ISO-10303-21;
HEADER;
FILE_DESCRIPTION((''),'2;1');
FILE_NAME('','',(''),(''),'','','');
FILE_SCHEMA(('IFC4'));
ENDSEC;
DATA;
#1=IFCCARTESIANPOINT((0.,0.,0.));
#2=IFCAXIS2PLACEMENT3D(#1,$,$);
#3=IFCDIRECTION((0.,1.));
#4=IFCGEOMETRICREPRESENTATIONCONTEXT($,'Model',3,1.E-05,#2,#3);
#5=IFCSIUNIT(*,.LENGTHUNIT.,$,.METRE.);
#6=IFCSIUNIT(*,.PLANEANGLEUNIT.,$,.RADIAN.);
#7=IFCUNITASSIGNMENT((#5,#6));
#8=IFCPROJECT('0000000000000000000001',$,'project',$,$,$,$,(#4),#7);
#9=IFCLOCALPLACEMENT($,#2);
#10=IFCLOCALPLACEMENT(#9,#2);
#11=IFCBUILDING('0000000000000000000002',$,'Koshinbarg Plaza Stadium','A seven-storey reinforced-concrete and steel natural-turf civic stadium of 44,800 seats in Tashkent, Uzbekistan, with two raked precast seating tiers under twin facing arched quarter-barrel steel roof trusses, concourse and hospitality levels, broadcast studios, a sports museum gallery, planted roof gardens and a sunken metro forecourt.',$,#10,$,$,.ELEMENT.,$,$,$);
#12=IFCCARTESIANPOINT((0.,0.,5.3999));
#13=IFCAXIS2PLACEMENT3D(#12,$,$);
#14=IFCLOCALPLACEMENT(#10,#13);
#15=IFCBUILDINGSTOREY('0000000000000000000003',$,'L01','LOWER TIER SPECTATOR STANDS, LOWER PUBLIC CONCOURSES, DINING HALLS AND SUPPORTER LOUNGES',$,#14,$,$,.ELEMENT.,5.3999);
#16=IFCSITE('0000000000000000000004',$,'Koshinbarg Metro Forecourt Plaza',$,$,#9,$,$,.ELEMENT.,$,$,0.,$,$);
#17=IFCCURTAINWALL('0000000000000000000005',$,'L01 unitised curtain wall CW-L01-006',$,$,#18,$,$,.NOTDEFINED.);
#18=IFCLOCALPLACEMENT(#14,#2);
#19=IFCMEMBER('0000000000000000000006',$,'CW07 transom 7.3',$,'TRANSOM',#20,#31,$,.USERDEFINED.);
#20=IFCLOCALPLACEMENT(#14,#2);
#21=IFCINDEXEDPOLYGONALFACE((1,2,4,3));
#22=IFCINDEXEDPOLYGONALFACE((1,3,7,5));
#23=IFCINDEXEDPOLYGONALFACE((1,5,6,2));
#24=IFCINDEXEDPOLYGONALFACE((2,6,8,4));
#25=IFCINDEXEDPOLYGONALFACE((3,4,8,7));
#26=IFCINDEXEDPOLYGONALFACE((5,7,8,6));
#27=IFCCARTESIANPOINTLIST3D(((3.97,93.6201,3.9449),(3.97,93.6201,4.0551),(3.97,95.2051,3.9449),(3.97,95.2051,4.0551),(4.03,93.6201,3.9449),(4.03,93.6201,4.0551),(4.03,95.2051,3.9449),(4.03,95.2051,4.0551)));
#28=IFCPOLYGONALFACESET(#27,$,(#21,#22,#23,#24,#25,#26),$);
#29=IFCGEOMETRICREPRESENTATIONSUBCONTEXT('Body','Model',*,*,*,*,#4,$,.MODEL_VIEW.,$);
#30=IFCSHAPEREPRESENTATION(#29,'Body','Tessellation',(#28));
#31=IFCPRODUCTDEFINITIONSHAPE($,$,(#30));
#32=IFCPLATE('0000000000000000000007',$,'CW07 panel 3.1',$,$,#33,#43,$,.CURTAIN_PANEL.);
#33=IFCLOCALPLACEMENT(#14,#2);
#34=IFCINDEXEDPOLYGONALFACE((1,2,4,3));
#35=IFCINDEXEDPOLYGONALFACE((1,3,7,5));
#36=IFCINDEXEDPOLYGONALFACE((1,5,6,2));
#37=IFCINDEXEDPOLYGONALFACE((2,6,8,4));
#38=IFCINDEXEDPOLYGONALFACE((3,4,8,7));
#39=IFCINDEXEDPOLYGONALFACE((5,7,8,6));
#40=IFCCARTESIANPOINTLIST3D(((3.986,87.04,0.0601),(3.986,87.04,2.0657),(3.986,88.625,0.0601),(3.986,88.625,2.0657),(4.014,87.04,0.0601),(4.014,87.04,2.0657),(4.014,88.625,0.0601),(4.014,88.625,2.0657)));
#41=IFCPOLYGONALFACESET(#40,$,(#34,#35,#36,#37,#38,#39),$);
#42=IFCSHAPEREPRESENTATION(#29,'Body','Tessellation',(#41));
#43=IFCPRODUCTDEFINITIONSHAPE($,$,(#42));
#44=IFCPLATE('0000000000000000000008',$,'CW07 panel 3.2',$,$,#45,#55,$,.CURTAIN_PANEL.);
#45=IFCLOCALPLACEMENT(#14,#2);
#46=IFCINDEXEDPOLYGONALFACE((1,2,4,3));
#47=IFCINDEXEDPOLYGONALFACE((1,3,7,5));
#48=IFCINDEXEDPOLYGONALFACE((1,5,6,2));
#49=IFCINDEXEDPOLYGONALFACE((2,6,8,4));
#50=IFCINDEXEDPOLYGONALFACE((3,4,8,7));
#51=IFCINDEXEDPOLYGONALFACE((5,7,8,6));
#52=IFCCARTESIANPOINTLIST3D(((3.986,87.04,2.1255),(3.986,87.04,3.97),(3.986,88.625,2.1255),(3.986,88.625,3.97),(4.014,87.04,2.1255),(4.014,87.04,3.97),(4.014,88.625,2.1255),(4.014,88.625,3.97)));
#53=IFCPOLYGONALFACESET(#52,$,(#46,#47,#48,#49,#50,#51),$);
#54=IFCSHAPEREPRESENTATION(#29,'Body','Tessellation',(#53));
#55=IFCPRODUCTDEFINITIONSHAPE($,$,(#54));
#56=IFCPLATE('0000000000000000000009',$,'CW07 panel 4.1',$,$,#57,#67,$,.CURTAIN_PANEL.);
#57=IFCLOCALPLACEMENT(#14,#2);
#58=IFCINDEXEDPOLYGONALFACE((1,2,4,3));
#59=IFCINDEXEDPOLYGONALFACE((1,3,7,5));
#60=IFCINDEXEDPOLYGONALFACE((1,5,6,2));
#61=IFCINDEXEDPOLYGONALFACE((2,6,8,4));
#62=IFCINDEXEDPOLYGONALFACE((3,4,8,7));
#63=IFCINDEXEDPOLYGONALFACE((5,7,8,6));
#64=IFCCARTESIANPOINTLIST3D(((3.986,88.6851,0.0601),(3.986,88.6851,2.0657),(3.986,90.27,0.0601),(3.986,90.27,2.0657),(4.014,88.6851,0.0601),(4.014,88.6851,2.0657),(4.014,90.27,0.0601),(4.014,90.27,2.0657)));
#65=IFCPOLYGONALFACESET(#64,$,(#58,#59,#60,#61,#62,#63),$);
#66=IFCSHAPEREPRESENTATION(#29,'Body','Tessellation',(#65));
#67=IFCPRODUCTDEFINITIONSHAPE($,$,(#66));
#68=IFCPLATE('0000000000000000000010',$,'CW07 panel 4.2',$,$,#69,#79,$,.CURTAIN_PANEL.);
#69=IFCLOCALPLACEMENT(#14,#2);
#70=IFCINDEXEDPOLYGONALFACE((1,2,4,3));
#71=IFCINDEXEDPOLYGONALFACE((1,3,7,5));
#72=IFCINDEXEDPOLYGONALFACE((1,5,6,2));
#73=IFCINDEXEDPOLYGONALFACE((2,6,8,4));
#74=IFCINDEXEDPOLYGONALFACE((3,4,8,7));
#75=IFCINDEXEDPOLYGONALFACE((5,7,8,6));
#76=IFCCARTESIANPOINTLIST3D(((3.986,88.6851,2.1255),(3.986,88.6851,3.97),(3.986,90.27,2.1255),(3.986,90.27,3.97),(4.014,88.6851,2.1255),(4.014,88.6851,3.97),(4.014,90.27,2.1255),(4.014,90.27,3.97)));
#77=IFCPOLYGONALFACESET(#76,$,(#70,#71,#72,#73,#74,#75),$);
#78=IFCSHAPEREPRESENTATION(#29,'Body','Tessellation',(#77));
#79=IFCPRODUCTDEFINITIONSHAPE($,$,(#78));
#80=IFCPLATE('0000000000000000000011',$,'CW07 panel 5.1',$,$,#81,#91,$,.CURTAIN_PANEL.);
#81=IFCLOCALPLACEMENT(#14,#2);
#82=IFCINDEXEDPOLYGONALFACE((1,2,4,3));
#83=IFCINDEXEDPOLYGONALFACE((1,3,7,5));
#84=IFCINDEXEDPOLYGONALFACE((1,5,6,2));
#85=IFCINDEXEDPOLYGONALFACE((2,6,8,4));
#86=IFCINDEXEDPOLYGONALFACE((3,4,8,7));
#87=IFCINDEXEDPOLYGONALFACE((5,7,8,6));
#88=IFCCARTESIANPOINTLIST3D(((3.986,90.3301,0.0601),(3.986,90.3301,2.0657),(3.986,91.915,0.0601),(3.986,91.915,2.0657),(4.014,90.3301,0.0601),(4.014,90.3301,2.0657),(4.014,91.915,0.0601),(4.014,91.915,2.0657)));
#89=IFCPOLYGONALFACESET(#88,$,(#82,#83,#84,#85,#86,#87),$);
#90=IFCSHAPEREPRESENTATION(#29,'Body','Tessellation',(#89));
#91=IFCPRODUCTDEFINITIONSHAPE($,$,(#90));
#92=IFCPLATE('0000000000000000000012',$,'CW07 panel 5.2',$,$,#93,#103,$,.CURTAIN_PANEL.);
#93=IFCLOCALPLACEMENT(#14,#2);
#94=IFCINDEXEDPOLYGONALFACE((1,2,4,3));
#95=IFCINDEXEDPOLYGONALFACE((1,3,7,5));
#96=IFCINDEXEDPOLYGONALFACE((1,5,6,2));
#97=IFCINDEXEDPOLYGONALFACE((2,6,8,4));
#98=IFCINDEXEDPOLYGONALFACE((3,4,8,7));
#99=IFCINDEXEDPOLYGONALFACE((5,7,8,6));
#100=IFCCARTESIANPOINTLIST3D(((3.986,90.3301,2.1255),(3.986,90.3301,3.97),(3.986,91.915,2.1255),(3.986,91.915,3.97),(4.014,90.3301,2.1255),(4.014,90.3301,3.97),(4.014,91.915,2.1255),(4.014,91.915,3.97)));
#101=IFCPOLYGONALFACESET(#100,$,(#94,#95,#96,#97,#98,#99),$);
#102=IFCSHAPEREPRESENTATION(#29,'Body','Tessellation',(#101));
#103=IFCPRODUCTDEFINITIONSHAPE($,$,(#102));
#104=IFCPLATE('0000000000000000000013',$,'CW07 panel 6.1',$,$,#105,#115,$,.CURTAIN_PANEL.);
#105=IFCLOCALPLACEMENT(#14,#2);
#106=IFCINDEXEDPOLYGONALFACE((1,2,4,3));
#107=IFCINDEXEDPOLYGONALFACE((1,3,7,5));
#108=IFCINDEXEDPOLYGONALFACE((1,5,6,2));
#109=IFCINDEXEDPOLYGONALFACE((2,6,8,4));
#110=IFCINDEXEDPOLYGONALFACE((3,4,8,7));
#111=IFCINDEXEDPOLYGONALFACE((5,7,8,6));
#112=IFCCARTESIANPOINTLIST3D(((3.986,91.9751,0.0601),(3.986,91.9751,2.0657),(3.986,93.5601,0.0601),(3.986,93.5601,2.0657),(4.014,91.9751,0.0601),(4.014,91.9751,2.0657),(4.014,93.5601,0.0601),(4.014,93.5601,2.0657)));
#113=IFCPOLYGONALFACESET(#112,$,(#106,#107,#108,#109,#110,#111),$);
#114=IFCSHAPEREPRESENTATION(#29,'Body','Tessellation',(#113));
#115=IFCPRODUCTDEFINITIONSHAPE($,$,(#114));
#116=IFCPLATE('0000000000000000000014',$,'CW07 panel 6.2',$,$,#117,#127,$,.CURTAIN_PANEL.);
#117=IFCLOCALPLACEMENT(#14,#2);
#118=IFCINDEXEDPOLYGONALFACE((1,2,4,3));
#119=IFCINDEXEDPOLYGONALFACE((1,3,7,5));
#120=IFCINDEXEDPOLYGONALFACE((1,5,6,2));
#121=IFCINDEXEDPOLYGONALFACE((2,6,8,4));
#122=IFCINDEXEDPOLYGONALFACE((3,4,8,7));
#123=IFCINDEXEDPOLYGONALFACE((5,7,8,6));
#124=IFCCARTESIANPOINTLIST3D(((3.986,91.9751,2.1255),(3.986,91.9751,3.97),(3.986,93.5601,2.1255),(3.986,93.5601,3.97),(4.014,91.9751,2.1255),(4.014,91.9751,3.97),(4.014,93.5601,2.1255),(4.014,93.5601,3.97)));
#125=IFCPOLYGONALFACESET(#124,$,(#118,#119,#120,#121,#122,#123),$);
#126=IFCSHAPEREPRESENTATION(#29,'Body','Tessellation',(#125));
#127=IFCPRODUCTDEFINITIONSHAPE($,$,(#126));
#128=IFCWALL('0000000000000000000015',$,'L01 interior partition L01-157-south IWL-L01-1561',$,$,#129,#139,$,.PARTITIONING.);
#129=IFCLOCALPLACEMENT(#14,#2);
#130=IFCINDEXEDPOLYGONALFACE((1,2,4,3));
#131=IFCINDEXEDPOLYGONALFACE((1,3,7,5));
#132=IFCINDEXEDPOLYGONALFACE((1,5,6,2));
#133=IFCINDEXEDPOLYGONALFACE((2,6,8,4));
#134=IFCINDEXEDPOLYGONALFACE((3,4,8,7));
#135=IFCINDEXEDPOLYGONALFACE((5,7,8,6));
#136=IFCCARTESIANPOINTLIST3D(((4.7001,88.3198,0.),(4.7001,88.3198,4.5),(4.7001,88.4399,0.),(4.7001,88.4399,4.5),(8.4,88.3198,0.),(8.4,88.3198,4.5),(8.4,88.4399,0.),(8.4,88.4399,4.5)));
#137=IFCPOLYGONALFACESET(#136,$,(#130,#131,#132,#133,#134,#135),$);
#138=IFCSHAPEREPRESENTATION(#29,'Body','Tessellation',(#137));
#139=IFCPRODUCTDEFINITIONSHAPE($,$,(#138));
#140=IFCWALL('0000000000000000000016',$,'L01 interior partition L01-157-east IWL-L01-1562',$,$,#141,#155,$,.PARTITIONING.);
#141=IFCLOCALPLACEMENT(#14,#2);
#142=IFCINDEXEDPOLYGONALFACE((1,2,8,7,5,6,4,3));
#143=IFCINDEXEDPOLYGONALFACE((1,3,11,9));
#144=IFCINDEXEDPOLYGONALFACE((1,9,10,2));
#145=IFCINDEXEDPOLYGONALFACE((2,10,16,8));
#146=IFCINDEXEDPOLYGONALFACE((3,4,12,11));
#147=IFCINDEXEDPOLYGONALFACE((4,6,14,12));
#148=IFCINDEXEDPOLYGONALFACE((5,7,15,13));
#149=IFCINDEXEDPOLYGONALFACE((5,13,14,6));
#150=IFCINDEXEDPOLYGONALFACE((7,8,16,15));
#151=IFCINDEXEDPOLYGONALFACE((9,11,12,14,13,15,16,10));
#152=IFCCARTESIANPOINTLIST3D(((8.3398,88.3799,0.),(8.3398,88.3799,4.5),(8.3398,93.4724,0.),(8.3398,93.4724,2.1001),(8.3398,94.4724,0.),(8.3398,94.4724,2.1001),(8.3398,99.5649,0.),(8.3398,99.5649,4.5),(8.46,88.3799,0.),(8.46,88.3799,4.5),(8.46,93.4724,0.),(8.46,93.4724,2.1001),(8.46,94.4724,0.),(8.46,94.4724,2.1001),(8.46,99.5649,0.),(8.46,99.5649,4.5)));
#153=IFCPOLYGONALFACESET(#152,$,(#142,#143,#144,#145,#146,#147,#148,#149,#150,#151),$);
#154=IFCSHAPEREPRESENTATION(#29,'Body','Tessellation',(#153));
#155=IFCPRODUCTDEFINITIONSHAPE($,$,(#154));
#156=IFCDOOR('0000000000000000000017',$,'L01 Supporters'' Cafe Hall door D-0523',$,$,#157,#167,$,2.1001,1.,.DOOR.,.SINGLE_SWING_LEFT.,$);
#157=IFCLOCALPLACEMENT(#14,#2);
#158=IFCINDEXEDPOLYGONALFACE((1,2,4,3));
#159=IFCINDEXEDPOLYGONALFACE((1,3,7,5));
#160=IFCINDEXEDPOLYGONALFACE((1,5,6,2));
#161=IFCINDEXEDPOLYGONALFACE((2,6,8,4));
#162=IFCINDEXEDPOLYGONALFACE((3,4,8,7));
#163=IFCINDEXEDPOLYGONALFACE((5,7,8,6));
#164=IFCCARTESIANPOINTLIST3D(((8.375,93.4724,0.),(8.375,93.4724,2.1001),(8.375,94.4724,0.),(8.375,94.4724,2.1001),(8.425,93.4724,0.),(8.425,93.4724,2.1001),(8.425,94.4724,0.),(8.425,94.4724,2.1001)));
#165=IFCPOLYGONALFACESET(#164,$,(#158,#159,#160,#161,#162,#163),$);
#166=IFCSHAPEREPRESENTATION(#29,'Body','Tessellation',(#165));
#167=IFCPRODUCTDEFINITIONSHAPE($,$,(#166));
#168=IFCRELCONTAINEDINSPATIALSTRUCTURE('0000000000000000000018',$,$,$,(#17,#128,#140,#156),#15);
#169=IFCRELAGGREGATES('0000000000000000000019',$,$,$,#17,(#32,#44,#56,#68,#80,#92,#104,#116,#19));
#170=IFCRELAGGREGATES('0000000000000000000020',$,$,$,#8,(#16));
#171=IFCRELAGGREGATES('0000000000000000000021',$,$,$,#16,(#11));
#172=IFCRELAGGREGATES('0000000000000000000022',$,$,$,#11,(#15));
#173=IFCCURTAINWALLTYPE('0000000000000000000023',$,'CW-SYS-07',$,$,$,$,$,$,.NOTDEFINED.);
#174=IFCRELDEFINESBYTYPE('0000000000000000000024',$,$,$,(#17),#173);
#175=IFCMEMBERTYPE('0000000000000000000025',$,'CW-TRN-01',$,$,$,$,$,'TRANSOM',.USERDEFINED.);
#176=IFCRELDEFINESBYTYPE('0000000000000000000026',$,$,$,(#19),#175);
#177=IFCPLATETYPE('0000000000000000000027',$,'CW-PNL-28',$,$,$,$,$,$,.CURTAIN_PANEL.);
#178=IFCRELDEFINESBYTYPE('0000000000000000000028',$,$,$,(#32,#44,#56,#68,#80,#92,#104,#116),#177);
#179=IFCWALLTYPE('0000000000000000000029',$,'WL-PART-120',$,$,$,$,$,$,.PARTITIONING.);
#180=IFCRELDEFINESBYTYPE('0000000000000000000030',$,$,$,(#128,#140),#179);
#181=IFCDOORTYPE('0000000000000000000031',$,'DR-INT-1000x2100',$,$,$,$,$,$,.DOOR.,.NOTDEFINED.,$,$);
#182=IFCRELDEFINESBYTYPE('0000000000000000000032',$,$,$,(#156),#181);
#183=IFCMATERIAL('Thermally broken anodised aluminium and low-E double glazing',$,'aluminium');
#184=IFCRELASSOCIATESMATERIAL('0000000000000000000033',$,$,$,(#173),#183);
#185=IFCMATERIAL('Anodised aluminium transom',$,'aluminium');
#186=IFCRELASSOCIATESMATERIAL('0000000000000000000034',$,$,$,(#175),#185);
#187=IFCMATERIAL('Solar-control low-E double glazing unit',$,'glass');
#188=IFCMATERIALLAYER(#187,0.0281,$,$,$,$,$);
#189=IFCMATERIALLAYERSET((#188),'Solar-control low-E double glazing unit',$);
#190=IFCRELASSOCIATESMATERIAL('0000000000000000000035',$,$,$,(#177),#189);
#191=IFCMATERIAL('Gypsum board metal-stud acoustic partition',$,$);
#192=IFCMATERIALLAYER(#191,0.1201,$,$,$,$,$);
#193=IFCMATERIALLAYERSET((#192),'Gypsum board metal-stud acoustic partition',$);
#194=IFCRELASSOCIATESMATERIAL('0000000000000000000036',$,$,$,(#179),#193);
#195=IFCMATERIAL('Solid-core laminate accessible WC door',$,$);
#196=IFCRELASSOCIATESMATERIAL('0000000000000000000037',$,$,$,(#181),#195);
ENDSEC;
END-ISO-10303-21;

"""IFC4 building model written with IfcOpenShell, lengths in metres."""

from ifc_helpers import new_model, si_unit, direction, frame, frame_2d, origin, origin_2d, place, context, subcontext, project, spatial, rectangle, extrude, material, layer, layer_set, material_profile, profile_set, type_object, element, fill, aggregate, save


model = new_model("IFC4")

# Units and contexts
model_context = context("Model", 3, precision=1e-05, world=origin(), true_north=direction((0.0, 1.0)))
body_context = subcontext(model_context, "Body", "Model", "MODEL_VIEW")
ifc_project = project(units=[si_unit("LENGTHUNIT", "METRE"), si_unit("PLANEANGLEUNIT", "RADIAN")], contexts=[model_context])

# Site, building, storey
site_placement = place(None, origin())
site = spatial("IfcSite", under=ifc_project, at=site_placement, Name="Koshinbarg Metro Forecourt Plaza", CompositionType="ELEMENT", RefElevation=0.0)
building_placement = place(site_placement, origin())
building = spatial("IfcBuilding", under=site, at=building_placement, Name="Koshinbarg Plaza Stadium", Description="A seven-storey reinforced-concrete and steel natural-turf civic stadium of 44,800 seats in Tashkent, Uzbekistan, with two raked precast seating tiers under twin facing arched quarter-barrel steel roof trusses, concourse and hospitality levels, broadcast studios, a sports museum gallery, planted roof gardens and a sunken metro forecourt.", CompositionType="ELEMENT")
storey_placement = place(building_placement, frame((0.0, 0.0, 5.3999)))
storey = spatial("IfcBuildingStorey", under=building, at=storey_placement, Name="L01", Description="LOWER TIER SPECTATOR STANDS, LOWER PUBLIC CONCOURSES, DINING HALLS AND SUPPORTER LOUNGES", CompositionType="ELEMENT", Elevation=5.3999)

# Curtain wall, member, plates
ifc_material_1 = material(Name="Thermally broken anodised aluminium and low-E double glazing", Category="aluminium")
curtain_wall_type = type_object("IfcCurtainWallType", Name="CW-SYS-07", PredefinedType="NOTDEFINED", material=ifc_material_1)
curtain_wall_placement = place(storey_placement, origin())
curtain_wall = element("IfcCurtainWall", 1, at=curtain_wall_placement, inside=storey, type_object=curtain_wall_type, Name="L01 unitised curtain wall CW-L01-006", PredefinedType="NOTDEFINED")
ifc_material_2 = material(Name="Anodised aluminium transom", Category="aluminium")
ifc_material_profile_1 = material_profile(ifc_material_2, rectangle(XDim=0.0601, YDim=0.1101, at=origin_2d()), Name="ALU 60x110")
ifc_profile_set_1 = profile_set([ifc_material_profile_1], Name="Anodised aluminium transom")
member_type_1 = type_object("IfcMemberType", Name="CW-TRN-01", ElementType="TRANSOM", PredefinedType="USERDEFINED", material=ifc_profile_set_1)
member_1_placement = place(storey_placement, frame((4.0, 93.6201, 4.0), z_axis=(0.0, 1.0, 0.0), x_axis=(-1.0, 0.0, 0.0)))
member_1 = element("IfcMember", 2, at=member_1_placement, type_object=member_type_1, Name="CW07 transom 7.3", ObjectType="TRANSOM", PredefinedType="USERDEFINED", context=body_context, shape_type="SweptSolid", body=[
    extrude(rectangle(XDim=0.0601, YDim=0.1101, at=origin_2d()), origin(), (0.0, 0.0, 1.0), 1.585),
])
ifc_material_3 = material(Name="Solar-control low-E double glazing unit", Category="glass")
ifc_layer_1 = layer(ifc_material_3, 0.0281)
ifc_layer_set_1 = layer_set([ifc_layer_1], Name="Solar-control low-E double glazing unit")
plate_type = type_object("IfcPlateType", Name="CW-PNL-28", PredefinedType="CURTAIN_PANEL", material=ifc_layer_set_1)
plate_1_placement = place(storey_placement, frame((4.0, 87.8325, 0.0601), z_axis=(0.0, 0.0, 1.0), x_axis=(0.0, 1.0, 0.0)))
plate_1 = element("IfcPlate", 3, at=plate_1_placement, type_object=plate_type, Name="CW07 panel 3.1", PredefinedType="CURTAIN_PANEL", context=body_context, shape_type="SweptSolid", body=[
    extrude(rectangle(XDim=1.585, YDim=0.0281, at=origin_2d()), origin(), (0.0, 0.0, 1.0), 2.0056),
])
plate_2_placement = place(storey_placement, frame((4.0, 87.8325, 2.1255), z_axis=(0.0, 0.0, 1.0), x_axis=(0.0, 1.0, 0.0)))
plate_2 = element("IfcPlate", 4, at=plate_2_placement, type_object=plate_type, Name="CW07 panel 3.2", PredefinedType="CURTAIN_PANEL", context=body_context, shape_type="SweptSolid", body=[
    extrude(rectangle(XDim=1.585, YDim=0.0281, at=origin_2d()), origin(), (0.0, 0.0, 1.0), 1.8445),
])
plate_3_placement = place(storey_placement, frame((4.0, 89.4775, 0.0601), z_axis=(0.0, 0.0, 1.0), x_axis=(0.0, 1.0, 0.0)))
plate_3 = element("IfcPlate", 5, at=plate_3_placement, type_object=plate_type, Name="CW07 panel 4.1", PredefinedType="CURTAIN_PANEL", context=body_context, shape_type="SweptSolid", body=[
    extrude(rectangle(XDim=1.585, YDim=0.0281, at=origin_2d()), origin(), (0.0, 0.0, 1.0), 2.0056),
])
plate_4_placement = place(storey_placement, frame((4.0, 89.4775, 2.1255), z_axis=(0.0, 0.0, 1.0), x_axis=(0.0, 1.0, 0.0)))
plate_4 = element("IfcPlate", 6, at=plate_4_placement, type_object=plate_type, Name="CW07 panel 4.2", PredefinedType="CURTAIN_PANEL", context=body_context, shape_type="SweptSolid", body=[
    extrude(rectangle(XDim=1.585, YDim=0.0281, at=origin_2d()), origin(), (0.0, 0.0, 1.0), 1.8445),
])
plate_5_placement = place(storey_placement, frame((4.0, 91.1226, 0.0601), z_axis=(0.0, 0.0, 1.0), x_axis=(0.0, 1.0, 0.0)))
plate_5 = element("IfcPlate", 7, at=plate_5_placement, type_object=plate_type, Name="CW07 panel 5.1", PredefinedType="CURTAIN_PANEL", context=body_context, shape_type="SweptSolid", body=[
    extrude(rectangle(XDim=1.585, YDim=0.0281, at=origin_2d()), origin(), (0.0, 0.0, 1.0), 2.0056),
])
plate_6_placement = place(storey_placement, frame((4.0, 91.1226, 2.1255), z_axis=(0.0, 0.0, 1.0), x_axis=(0.0, 1.0, 0.0)))
plate_6 = element("IfcPlate", 8, at=plate_6_placement, type_object=plate_type, Name="CW07 panel 5.2", PredefinedType="CURTAIN_PANEL", context=body_context, shape_type="SweptSolid", body=[
    extrude(rectangle(XDim=1.585, YDim=0.0281, at=origin_2d()), origin(), (0.0, 0.0, 1.0), 1.8445),
])
plate_7_placement = place(storey_placement, frame((4.0, 92.7676, 0.0601), z_axis=(0.0, 0.0, 1.0), x_axis=(0.0, 1.0, 0.0)))
plate_7 = element("IfcPlate", 9, at=plate_7_placement, type_object=plate_type, Name="CW07 panel 6.1", PredefinedType="CURTAIN_PANEL", context=body_context, shape_type="SweptSolid", body=[
    extrude(rectangle(XDim=1.585, YDim=0.0281, at=origin_2d()), origin(), (0.0, 0.0, 1.0), 2.0056),
])
plate_8_placement = place(storey_placement, frame((4.0, 92.7676, 2.1255), z_axis=(0.0, 0.0, 1.0), x_axis=(0.0, 1.0, 0.0)))
plate_8 = element("IfcPlate", 10, at=plate_8_placement, type_object=plate_type, Name="CW07 panel 6.2", PredefinedType="CURTAIN_PANEL", context=body_context, shape_type="SweptSolid", body=[
    extrude(rectangle(XDim=1.585, YDim=0.0281, at=origin_2d()), origin(), (0.0, 0.0, 1.0), 1.8445),
])
aggregate(curtain_wall, [plate_1, plate_2, plate_3, plate_4, plate_5, plate_6, plate_7, plate_8, member_1])

# Wall
ifc_material_4 = material(Name="Gypsum board metal-stud acoustic partition")
ifc_layer_2 = layer(ifc_material_4, 0.1201)
ifc_layer_set_2 = layer_set([ifc_layer_2], Name="Gypsum board metal-stud acoustic partition")
wall_type = type_object("IfcWallType", Name="WL-PART-120", PredefinedType="PARTITIONING", material=ifc_layer_set_2)
wall_1_placement = place(storey_placement, frame((4.7, 88.3799, 0.0), z_axis=(0.0, 0.0, 1.0), x_axis=(1.0, 0.0, 0.0)))
element("IfcWall", 11, at=wall_1_placement, inside=storey, type_object=wall_type, Name="L01 interior partition L01-157-south IWL-L01-1561", PredefinedType="PARTITIONING", context=body_context, shape_type="SweptSolid", body=[
    extrude(rectangle(XDim=3.7, YDim=0.1201, at=frame_2d((1.8501, 0.0))), origin(), (0.0, 0.0, 1.0), 4.5),
])

# Wall, opening, door
wall_2_placement = place(storey_placement, frame((8.3999, 88.3799, 0.0), z_axis=(0.0, 0.0, 1.0), x_axis=(0.0, 1.0, 0.0)))
wall_2 = element("IfcWall", 12, at=wall_2_placement, inside=storey, type_object=wall_type, Name="L01 interior partition L01-157-east IWL-L01-1562", PredefinedType="PARTITIONING", context=body_context, shape_type="SweptSolid", body=[
    extrude(rectangle(XDim=11.1851, YDim=0.1201, at=frame_2d((5.5925, 0.0))), origin(), (0.0, 0.0, 1.0), 4.5),
])
opening_placement = place(wall_2_placement, frame((5.0925, 0.0, 0.0)))
opening = element("IfcOpeningElement", 13, at=opening_placement, cuts=wall_2, PredefinedType="OPENING", context=body_context, shape_type="SweptSolid", body=[
    extrude(rectangle(XDim=1.0, YDim=2.1001, at=frame_2d((0.5, 1.05))), frame((0.0, 0.0701, 0.0), z_axis=(0.0, -1.0, 0.0), x_axis=(1.0, 0.0, 0.0)), (0.0, 0.0, 1.0), 0.1401),
])
ifc_material_5 = material(Name="Solid-core laminate accessible WC door")
door_type = type_object("IfcDoorType", Name="DR-INT-1000x2100", OperationType="NOTDEFINED", PredefinedType="DOOR", material=ifc_material_5)
door_placement = place(opening_placement, origin())
door = element("IfcDoor", 14, at=door_placement, inside=storey, type_object=door_type, Name="L01 Supporters' Cafe Hall door D-0523", OperationType="SINGLE_SWING_LEFT", OverallHeight=2.1001, OverallWidth=1.0, PredefinedType="DOOR", context=body_context, shape_type="SweptSolid", body=[
    extrude(rectangle(XDim=1.0, YDim=2.1001, at=frame_2d((0.5, 1.05))), frame((0.0, 0.0249, 0.0), z_axis=(0.0, -1.0, 0.0), x_axis=(1.0, 0.0, 0.0)), (0.0, 0.0, 1.0), 0.05),
])
fill(opening, door)

save(model, "model.ifc")
